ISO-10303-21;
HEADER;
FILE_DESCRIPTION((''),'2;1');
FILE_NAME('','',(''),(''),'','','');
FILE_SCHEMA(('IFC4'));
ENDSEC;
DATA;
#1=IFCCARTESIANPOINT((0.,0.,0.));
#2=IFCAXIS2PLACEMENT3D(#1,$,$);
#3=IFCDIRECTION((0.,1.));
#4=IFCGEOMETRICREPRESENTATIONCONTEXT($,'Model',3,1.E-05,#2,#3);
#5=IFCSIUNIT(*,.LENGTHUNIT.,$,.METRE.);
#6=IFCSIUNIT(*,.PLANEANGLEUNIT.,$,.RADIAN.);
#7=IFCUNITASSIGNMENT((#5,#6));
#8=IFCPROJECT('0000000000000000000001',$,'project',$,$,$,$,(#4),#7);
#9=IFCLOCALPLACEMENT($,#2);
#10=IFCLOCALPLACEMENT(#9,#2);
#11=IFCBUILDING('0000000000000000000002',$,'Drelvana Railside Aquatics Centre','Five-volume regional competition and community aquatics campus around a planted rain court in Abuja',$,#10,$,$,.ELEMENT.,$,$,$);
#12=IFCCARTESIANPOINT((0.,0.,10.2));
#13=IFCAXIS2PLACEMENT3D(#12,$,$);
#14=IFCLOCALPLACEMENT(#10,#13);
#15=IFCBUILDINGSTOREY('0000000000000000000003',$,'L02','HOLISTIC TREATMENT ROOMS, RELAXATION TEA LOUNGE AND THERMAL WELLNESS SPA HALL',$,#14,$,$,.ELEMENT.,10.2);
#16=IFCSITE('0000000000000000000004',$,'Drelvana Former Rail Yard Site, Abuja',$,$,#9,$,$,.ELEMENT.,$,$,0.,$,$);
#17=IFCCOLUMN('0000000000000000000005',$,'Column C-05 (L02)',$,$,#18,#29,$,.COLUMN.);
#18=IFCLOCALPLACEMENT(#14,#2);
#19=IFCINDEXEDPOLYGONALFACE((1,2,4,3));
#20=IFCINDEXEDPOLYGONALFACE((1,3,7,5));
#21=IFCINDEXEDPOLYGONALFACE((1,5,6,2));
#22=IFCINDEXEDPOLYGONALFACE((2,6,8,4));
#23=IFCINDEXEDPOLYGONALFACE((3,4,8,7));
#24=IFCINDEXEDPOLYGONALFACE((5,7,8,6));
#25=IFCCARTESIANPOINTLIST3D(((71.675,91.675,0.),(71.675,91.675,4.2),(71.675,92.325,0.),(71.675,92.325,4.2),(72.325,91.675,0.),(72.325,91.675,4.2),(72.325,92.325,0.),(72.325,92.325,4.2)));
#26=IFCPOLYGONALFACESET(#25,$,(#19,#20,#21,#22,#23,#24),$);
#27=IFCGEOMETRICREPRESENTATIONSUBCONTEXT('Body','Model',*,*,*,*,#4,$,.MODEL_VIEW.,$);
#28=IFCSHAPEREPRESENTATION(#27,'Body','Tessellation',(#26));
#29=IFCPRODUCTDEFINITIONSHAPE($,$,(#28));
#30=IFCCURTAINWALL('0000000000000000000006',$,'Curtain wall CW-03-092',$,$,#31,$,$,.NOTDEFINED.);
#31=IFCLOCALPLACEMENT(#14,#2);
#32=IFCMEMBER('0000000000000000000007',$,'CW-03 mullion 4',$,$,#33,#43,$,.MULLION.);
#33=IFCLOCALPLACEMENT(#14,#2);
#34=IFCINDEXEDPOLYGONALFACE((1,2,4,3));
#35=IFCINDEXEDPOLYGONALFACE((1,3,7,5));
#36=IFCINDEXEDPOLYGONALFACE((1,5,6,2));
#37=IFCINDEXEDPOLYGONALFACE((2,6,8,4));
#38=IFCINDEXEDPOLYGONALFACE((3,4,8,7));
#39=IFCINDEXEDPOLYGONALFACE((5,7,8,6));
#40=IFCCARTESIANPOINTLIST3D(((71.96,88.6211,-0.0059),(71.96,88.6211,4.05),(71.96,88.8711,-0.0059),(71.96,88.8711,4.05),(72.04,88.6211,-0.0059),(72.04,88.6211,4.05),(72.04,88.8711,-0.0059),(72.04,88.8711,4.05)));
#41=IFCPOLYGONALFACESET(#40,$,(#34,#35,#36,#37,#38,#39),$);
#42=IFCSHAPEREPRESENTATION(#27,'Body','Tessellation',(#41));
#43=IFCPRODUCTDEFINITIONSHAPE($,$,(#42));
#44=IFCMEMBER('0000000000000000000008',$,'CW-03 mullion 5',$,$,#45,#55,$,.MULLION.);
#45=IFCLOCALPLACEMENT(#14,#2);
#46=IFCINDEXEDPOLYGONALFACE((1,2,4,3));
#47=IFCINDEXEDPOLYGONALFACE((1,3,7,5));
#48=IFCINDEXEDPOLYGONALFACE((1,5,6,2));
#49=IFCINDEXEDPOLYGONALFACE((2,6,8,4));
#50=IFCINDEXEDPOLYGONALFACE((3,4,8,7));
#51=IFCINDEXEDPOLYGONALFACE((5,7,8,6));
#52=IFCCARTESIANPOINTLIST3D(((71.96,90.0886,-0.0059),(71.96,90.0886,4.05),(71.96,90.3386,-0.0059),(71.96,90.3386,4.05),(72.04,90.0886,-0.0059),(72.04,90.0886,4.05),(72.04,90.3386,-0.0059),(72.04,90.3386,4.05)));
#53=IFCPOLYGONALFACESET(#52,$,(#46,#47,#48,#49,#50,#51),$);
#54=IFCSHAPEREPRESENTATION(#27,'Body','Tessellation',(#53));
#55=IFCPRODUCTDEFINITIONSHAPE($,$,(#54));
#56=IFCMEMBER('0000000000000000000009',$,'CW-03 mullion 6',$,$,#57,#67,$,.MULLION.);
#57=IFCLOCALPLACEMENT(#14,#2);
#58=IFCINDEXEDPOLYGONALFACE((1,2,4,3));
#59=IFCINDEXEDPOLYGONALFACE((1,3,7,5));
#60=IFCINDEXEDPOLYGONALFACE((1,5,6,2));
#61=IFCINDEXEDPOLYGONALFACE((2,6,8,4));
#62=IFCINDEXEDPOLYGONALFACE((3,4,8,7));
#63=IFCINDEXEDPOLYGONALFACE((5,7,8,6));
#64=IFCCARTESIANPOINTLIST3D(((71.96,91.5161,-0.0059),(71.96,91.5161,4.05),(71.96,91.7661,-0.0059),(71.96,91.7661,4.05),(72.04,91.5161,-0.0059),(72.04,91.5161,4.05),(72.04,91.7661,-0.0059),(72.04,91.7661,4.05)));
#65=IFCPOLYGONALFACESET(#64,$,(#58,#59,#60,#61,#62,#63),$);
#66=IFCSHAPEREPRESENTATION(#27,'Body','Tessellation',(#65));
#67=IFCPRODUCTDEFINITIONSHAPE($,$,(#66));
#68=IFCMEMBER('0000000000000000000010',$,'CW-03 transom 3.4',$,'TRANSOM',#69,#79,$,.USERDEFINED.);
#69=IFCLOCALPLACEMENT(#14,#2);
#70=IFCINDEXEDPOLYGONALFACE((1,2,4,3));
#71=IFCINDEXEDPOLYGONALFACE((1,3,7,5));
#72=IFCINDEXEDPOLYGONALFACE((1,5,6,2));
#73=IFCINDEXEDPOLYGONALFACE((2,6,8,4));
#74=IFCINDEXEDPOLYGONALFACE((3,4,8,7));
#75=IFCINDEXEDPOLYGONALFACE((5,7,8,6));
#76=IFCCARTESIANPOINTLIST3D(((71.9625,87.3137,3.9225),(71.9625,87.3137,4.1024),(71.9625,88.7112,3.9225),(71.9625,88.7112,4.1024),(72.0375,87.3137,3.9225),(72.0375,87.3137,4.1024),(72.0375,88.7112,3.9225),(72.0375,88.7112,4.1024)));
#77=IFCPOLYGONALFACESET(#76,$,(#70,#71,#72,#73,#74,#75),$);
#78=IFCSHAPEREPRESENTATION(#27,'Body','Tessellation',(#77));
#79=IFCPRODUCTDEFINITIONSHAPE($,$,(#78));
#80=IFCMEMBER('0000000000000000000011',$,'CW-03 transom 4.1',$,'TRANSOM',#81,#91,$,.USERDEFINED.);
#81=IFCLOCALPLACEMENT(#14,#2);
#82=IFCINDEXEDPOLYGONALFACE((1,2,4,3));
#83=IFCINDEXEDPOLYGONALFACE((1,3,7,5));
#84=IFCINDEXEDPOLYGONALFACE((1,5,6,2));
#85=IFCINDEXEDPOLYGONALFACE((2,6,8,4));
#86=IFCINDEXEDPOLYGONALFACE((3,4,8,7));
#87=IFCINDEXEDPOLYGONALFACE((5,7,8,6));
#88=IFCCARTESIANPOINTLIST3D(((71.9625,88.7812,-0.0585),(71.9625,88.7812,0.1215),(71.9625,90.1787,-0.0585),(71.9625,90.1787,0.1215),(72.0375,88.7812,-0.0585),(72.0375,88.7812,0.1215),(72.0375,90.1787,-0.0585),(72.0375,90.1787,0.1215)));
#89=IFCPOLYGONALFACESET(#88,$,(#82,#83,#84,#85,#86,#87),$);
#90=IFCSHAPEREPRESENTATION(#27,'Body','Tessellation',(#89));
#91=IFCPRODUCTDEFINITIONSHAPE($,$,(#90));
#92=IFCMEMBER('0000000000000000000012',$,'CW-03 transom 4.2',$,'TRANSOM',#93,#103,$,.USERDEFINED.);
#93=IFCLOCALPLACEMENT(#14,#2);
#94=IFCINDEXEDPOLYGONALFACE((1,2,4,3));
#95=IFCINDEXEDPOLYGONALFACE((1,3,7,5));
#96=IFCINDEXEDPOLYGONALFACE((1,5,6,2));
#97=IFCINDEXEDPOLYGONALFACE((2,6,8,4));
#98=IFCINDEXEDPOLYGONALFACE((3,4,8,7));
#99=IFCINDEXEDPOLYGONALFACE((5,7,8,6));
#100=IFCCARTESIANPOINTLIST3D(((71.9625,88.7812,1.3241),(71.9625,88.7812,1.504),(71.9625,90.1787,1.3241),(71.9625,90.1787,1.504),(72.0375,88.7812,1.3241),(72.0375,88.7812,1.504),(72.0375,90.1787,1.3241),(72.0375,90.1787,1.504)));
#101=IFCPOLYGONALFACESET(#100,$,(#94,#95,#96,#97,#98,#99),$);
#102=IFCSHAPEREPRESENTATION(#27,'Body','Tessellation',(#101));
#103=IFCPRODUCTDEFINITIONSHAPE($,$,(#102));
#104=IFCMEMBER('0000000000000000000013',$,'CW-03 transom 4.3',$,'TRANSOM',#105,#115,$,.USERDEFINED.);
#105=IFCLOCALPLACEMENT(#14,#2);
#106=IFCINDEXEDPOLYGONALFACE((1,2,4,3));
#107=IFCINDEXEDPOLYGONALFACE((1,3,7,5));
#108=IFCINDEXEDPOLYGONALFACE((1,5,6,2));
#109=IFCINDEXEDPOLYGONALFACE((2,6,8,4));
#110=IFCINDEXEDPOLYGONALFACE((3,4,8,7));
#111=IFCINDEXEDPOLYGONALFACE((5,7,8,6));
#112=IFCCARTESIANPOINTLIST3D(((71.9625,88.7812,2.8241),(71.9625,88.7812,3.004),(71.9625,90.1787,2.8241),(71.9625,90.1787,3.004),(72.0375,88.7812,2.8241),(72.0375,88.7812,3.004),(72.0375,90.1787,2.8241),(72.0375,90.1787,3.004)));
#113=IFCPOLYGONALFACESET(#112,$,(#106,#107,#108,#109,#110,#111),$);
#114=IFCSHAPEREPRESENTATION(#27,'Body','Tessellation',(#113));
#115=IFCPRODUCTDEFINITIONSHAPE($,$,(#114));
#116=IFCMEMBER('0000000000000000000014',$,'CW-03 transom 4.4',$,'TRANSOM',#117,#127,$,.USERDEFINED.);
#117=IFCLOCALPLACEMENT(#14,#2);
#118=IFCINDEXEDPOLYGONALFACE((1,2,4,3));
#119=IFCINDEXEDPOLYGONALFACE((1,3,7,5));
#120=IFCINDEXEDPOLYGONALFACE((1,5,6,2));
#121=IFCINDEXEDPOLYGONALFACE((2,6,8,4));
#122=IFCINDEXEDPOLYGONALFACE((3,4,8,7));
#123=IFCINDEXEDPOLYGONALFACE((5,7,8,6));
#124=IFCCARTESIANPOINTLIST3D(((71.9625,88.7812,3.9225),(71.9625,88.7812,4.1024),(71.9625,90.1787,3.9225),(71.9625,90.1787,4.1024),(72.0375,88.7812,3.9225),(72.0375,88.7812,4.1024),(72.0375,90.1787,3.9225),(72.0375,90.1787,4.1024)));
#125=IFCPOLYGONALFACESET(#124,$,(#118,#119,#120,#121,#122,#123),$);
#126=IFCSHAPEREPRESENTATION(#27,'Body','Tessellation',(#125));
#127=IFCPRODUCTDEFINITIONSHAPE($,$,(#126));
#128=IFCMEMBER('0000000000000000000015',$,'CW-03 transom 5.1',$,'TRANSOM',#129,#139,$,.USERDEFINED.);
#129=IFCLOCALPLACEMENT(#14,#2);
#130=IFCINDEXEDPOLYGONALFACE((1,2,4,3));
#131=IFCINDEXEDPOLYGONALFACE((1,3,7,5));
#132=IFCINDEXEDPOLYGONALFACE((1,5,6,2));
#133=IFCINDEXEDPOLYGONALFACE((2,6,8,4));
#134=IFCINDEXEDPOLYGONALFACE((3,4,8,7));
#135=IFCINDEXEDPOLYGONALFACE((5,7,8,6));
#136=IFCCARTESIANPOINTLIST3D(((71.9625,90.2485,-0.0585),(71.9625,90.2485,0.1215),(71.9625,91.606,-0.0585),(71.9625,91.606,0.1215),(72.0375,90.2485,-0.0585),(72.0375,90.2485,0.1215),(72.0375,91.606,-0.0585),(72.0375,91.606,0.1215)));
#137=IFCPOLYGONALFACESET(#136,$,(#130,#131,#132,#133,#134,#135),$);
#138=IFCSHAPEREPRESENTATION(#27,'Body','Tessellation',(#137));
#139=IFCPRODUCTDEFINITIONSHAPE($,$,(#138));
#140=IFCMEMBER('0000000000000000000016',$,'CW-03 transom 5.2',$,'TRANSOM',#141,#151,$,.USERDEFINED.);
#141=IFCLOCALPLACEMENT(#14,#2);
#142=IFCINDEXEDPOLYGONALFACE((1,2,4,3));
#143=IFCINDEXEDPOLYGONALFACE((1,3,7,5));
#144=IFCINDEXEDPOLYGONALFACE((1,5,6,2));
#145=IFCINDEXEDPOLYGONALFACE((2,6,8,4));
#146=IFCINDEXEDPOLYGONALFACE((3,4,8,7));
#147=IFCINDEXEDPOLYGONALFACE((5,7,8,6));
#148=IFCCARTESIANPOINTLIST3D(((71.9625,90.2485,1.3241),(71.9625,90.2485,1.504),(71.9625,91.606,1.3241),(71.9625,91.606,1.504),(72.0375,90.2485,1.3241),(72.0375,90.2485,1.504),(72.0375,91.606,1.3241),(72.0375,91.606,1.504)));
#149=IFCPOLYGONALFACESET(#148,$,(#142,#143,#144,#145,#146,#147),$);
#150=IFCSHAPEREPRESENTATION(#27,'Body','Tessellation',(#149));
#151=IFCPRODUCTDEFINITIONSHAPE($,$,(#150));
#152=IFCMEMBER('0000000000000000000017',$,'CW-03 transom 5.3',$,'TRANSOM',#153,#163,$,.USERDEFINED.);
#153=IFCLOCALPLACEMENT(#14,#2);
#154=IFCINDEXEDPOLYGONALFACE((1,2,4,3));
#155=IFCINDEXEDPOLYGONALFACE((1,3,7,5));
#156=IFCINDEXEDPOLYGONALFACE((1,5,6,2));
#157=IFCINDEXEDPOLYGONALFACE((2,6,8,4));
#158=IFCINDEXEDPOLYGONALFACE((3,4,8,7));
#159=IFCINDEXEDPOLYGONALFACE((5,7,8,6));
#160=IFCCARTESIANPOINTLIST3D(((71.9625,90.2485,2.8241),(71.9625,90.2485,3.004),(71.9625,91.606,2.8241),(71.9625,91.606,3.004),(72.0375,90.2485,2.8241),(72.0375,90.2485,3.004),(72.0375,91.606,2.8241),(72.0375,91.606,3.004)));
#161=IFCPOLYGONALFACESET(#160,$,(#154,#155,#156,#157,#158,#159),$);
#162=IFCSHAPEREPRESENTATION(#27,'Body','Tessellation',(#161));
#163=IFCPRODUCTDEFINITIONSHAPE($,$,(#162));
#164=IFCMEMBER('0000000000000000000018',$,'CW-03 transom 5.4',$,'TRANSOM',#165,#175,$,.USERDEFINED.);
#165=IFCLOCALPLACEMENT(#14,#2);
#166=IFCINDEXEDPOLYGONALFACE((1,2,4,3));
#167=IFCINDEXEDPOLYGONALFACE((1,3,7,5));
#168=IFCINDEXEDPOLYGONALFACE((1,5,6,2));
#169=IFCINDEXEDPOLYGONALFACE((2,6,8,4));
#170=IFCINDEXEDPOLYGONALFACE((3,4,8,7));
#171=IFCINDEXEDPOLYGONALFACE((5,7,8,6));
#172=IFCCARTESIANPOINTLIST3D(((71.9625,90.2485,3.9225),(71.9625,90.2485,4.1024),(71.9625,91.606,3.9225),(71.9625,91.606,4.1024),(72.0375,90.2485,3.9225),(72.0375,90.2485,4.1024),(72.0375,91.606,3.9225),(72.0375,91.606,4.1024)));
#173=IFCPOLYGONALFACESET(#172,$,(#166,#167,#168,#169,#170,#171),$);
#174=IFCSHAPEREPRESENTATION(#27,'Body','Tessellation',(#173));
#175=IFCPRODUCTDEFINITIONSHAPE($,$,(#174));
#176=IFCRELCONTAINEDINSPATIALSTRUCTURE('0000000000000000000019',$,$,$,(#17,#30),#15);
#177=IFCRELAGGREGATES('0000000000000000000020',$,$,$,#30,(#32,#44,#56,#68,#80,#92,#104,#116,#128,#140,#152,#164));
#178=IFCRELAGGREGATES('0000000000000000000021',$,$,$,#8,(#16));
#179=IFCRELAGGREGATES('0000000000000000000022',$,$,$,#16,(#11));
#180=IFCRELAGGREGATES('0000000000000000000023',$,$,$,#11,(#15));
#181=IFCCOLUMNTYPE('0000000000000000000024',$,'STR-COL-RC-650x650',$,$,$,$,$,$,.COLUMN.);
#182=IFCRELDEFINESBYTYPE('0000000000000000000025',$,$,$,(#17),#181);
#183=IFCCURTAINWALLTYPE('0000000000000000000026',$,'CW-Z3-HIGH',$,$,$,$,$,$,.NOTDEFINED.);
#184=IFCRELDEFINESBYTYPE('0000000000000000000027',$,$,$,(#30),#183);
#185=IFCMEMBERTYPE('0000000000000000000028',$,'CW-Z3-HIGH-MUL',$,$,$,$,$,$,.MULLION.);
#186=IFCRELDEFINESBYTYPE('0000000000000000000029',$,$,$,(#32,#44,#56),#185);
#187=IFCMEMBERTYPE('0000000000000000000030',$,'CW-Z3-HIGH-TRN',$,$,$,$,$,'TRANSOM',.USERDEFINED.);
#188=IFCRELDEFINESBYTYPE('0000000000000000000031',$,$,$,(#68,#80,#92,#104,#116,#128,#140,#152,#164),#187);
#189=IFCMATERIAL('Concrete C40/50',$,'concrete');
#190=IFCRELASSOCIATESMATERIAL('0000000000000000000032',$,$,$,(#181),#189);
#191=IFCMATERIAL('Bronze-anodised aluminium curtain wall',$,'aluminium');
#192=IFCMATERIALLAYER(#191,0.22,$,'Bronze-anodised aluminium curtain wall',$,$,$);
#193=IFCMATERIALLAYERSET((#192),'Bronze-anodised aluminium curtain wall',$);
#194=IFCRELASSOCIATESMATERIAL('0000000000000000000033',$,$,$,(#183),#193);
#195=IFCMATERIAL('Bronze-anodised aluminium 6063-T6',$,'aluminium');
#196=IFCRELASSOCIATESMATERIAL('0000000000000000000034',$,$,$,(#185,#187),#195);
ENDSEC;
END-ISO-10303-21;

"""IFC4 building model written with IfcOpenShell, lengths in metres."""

from ifc_helpers import new_model, si_unit, direction, frame, origin, origin_2d, place, context, subcontext, project, spatial, rectangle, extrude, material, layer, layer_set, material_profile, profile_set, type_object, element, aggregate, save


model = new_model("IFC4")

# Units and contexts
model_context = context("Model", 3, precision=1e-05, world=origin(), true_north=direction((0.0, 1.0)))
body_context = subcontext(model_context, "Body", "Model", "MODEL_VIEW")
ifc_project = project(units=[si_unit("LENGTHUNIT", "METRE"), si_unit("PLANEANGLEUNIT", "RADIAN")], contexts=[model_context])

# Site, building, storey
site_placement = place(None, origin())
site = spatial("IfcSite", under=ifc_project, at=site_placement, Name="Drelvana Former Rail Yard Site, Abuja", CompositionType="ELEMENT", RefElevation=0.0)
building_placement = place(site_placement, origin())
building = spatial("IfcBuilding", under=site, at=building_placement, Name="Drelvana Railside Aquatics Centre", Description="Five-volume regional competition and community aquatics campus around a planted rain court in Abuja", CompositionType="ELEMENT")
storey_placement = place(building_placement, frame((0.0, 0.0, 10.2)))
storey = spatial("IfcBuildingStorey", under=building, at=storey_placement, Name="L02", Description="HOLISTIC TREATMENT ROOMS, RELAXATION TEA LOUNGE AND THERMAL WELLNESS SPA HALL", CompositionType="ELEMENT", Elevation=10.2)

# Column
ifc_material_1 = material(Name="Concrete C40/50", Category="concrete")
ifc_material_profile_1 = material_profile(ifc_material_1, rectangle(XDim=0.6499, YDim=0.6499, at=origin_2d()), Name="RC 650x650")
ifc_profile_set_1 = profile_set([ifc_material_profile_1], Name="Concrete C40/50")
column_type = type_object("IfcColumnType", Name="STR-COL-RC-650x650", PredefinedType="COLUMN", material=ifc_profile_set_1)
column_placement = place(storey_placement, frame((72.0, 92.0, 0.0), z_axis=(0.0, 0.0, 1.0), x_axis=(1.0, 0.0, 0.0)))
element("IfcColumn", 1, at=column_placement, inside=storey, type_object=column_type, Name="Column C-05 (L02)", PredefinedType="COLUMN", context=body_context, shape_type="SweptSolid", body=[
    extrude(rectangle(XDim=0.6499, YDim=0.6499, at=origin_2d()), origin(), (0.0, 0.0, 1.0), 4.2),
])

# Curtain wall, members
ifc_material_2 = material(Name="Bronze-anodised aluminium curtain wall", Category="aluminium")
ifc_layer_1 = layer(ifc_material_2, 0.22, Name="Bronze-anodised aluminium curtain wall")
ifc_layer_set_1 = layer_set([ifc_layer_1], Name="Bronze-anodised aluminium curtain wall")
curtain_wall_type = type_object("IfcCurtainWallType", Name="CW-Z3-HIGH", PredefinedType="NOTDEFINED", material=ifc_layer_set_1)
curtain_wall_placement = place(storey_placement, origin())
curtain_wall = element("IfcCurtainWall", 2, at=curtain_wall_placement, inside=storey, type_object=curtain_wall_type, Name="Curtain wall CW-03-092", PredefinedType="NOTDEFINED")
ifc_material_3 = material(Name="Bronze-anodised aluminium 6063-T6", Category="aluminium")
ifc_material_profile_2 = material_profile(ifc_material_3, rectangle(XDim=0.0801, YDim=0.25, at=origin_2d()), Name="ALU-M 80x250")
ifc_profile_set_2 = profile_set([ifc_material_profile_2], Name="Bronze-anodised aluminium 6063-T6")
member_type_1 = type_object("IfcMemberType", Name="CW-Z3-HIGH-MUL", PredefinedType="MULLION", material=ifc_profile_set_2)
member_1_placement = place(storey_placement, frame((72.0, 88.7461, -0.0059), z_axis=(0.0, 0.0, 1.0), x_axis=(-1.0, 0.0, 0.0)))
member_1 = element("IfcMember", 3, at=member_1_placement, type_object=member_type_1, Name="CW-03 mullion 4", PredefinedType="MULLION", context=body_context, shape_type="SweptSolid", body=[
    extrude(rectangle(XDim=0.0801, YDim=0.25, at=origin_2d()), origin(), (0.0, 0.0, 1.0), 4.0559),
])
member_2_placement = place(storey_placement, frame((72.0, 90.2136, -0.0059), z_axis=(0.0, 0.0, 1.0), x_axis=(-1.0, 0.0, 0.0)))
member_2 = element("IfcMember", 4, at=member_2_placement, type_object=member_type_1, Name="CW-03 mullion 5", PredefinedType="MULLION", context=body_context, shape_type="SweptSolid", body=[
    extrude(rectangle(XDim=0.0801, YDim=0.25, at=origin_2d()), origin(), (0.0, 0.0, 1.0), 4.0559),
])
member_3_placement = place(storey_placement, frame((72.0, 91.6411, -0.0059), z_axis=(0.0, 0.0, 1.0), x_axis=(-1.0, 0.0, 0.0)))
member_3 = element("IfcMember", 5, at=member_3_placement, type_object=member_type_1, Name="CW-03 mullion 6", PredefinedType="MULLION", context=body_context, shape_type="SweptSolid", body=[
    extrude(rectangle(XDim=0.0801, YDim=0.25, at=origin_2d()), origin(), (0.0, 0.0, 1.0), 4.0559),
])
ifc_material_profile_3 = material_profile(ifc_material_3, rectangle(XDim=0.1799, YDim=0.075, at=origin_2d()), Name="ALU-T 75x180")
ifc_profile_set_3 = profile_set([ifc_material_profile_3], Name="Bronze-anodised aluminium 6063-T6")
member_type_2 = type_object("IfcMemberType", Name="CW-Z3-HIGH-TRN", ElementType="TRANSOM", PredefinedType="USERDEFINED", material=ifc_profile_set_3)
member_4_placement = place(storey_placement, frame((72.0, 87.3137, 4.0125), z_axis=(0.0, 1.0, 0.0), x_axis=(0.0, 0.0, 1.0)))
member_4 = element("IfcMember", 6, at=member_4_placement, type_object=member_type_2, Name="CW-03 transom 3.4", ObjectType="TRANSOM", PredefinedType="USERDEFINED", context=body_context, shape_type="SweptSolid", body=[
    extrude(rectangle(XDim=0.1799, YDim=0.075, at=origin_2d()), origin(), (0.0, 0.0, 1.0), 1.3975),
])
member_5_placement = place(storey_placement, frame((72.0, 88.7812, 0.0315), z_axis=(0.0, 1.0, 0.0), x_axis=(0.0, 0.0, 1.0)))
member_5 = element("IfcMember", 7, at=member_5_placement, type_object=member_type_2, Name="CW-03 transom 4.1", ObjectType="TRANSOM", PredefinedType="USERDEFINED", context=body_context, shape_type="SweptSolid", body=[
    extrude(rectangle(XDim=0.1799, YDim=0.075, at=origin_2d()), origin(), (0.0, 0.0, 1.0), 1.3975),
])
member_6_placement = place(storey_placement, frame((72.0, 88.7812, 1.4141), z_axis=(0.0, 1.0, 0.0), x_axis=(0.0, 0.0, 1.0)))
member_6 = element("IfcMember", 8, at=member_6_placement, type_object=member_type_2, Name="CW-03 transom 4.2", ObjectType="TRANSOM", PredefinedType="USERDEFINED", context=body_context, shape_type="SweptSolid", body=[
    extrude(rectangle(XDim=0.1799, YDim=0.075, at=origin_2d()), origin(), (0.0, 0.0, 1.0), 1.3975),
])
member_7_placement = place(storey_placement, frame((72.0, 88.7812, 2.9141), z_axis=(0.0, 1.0, 0.0), x_axis=(0.0, 0.0, 1.0)))
member_7 = element("IfcMember", 9, at=member_7_placement, type_object=member_type_2, Name="CW-03 transom 4.3", ObjectType="TRANSOM", PredefinedType="USERDEFINED", context=body_context, shape_type="SweptSolid", body=[
    extrude(rectangle(XDim=0.1799, YDim=0.075, at=origin_2d()), origin(), (0.0, 0.0, 1.0), 1.3975),
])
member_8_placement = place(storey_placement, frame((72.0, 88.7812, 4.0125), z_axis=(0.0, 1.0, 0.0), x_axis=(0.0, 0.0, 1.0)))
member_8 = element("IfcMember", 10, at=member_8_placement, type_object=member_type_2, Name="CW-03 transom 4.4", ObjectType="TRANSOM", PredefinedType="USERDEFINED", context=body_context, shape_type="SweptSolid", body=[
    extrude(rectangle(XDim=0.1799, YDim=0.075, at=origin_2d()), origin(), (0.0, 0.0, 1.0), 1.3975),
])
member_9_placement = place(storey_placement, frame((72.0, 90.2485, 0.0315), z_axis=(0.0, 1.0, 0.0), x_axis=(0.0, 0.0, 1.0)))
member_9 = element("IfcMember", 11, at=member_9_placement, type_object=member_type_2, Name="CW-03 transom 5.1", ObjectType="TRANSOM", PredefinedType="USERDEFINED", context=body_context, shape_type="SweptSolid", body=[
    extrude(rectangle(XDim=0.1799, YDim=0.075, at=origin_2d()), origin(), (0.0, 0.0, 1.0), 1.3574),
])
member_10_placement = place(storey_placement, frame((72.0, 90.2485, 1.4141), z_axis=(0.0, 1.0, 0.0), x_axis=(0.0, 0.0, 1.0)))
member_10 = element("IfcMember", 12, at=member_10_placement, type_object=member_type_2, Name="CW-03 transom 5.2", ObjectType="TRANSOM", PredefinedType="USERDEFINED", context=body_context, shape_type="SweptSolid", body=[
    extrude(rectangle(XDim=0.1799, YDim=0.075, at=origin_2d()), origin(), (0.0, 0.0, 1.0), 1.3574),
])
member_11_placement = place(storey_placement, frame((72.0, 90.2485, 2.9141), z_axis=(0.0, 1.0, 0.0), x_axis=(0.0, 0.0, 1.0)))
member_11 = element("IfcMember", 13, at=member_11_placement, type_object=member_type_2, Name="CW-03 transom 5.3", ObjectType="TRANSOM", PredefinedType="USERDEFINED", context=body_context, shape_type="SweptSolid", body=[
    extrude(rectangle(XDim=0.1799, YDim=0.075, at=origin_2d()), origin(), (0.0, 0.0, 1.0), 1.3574),
])
member_12_placement = place(storey_placement, frame((72.0, 90.2485, 4.0125), z_axis=(0.0, 1.0, 0.0), x_axis=(0.0, 0.0, 1.0)))
member_12 = element("IfcMember", 14, at=member_12_placement, type_object=member_type_2, Name="CW-03 transom 5.4", ObjectType="TRANSOM", PredefinedType="USERDEFINED", context=body_context, shape_type="SweptSolid", body=[
    extrude(rectangle(XDim=0.1799, YDim=0.075, at=origin_2d()), origin(), (0.0, 0.0, 1.0), 1.3574),
])

aggregate(curtain_wall, [member_1, member_2, member_3, member_4, member_5, member_6, member_7, member_8, member_9, member_10, member_11, member_12])

save(model, "model.ifc")
